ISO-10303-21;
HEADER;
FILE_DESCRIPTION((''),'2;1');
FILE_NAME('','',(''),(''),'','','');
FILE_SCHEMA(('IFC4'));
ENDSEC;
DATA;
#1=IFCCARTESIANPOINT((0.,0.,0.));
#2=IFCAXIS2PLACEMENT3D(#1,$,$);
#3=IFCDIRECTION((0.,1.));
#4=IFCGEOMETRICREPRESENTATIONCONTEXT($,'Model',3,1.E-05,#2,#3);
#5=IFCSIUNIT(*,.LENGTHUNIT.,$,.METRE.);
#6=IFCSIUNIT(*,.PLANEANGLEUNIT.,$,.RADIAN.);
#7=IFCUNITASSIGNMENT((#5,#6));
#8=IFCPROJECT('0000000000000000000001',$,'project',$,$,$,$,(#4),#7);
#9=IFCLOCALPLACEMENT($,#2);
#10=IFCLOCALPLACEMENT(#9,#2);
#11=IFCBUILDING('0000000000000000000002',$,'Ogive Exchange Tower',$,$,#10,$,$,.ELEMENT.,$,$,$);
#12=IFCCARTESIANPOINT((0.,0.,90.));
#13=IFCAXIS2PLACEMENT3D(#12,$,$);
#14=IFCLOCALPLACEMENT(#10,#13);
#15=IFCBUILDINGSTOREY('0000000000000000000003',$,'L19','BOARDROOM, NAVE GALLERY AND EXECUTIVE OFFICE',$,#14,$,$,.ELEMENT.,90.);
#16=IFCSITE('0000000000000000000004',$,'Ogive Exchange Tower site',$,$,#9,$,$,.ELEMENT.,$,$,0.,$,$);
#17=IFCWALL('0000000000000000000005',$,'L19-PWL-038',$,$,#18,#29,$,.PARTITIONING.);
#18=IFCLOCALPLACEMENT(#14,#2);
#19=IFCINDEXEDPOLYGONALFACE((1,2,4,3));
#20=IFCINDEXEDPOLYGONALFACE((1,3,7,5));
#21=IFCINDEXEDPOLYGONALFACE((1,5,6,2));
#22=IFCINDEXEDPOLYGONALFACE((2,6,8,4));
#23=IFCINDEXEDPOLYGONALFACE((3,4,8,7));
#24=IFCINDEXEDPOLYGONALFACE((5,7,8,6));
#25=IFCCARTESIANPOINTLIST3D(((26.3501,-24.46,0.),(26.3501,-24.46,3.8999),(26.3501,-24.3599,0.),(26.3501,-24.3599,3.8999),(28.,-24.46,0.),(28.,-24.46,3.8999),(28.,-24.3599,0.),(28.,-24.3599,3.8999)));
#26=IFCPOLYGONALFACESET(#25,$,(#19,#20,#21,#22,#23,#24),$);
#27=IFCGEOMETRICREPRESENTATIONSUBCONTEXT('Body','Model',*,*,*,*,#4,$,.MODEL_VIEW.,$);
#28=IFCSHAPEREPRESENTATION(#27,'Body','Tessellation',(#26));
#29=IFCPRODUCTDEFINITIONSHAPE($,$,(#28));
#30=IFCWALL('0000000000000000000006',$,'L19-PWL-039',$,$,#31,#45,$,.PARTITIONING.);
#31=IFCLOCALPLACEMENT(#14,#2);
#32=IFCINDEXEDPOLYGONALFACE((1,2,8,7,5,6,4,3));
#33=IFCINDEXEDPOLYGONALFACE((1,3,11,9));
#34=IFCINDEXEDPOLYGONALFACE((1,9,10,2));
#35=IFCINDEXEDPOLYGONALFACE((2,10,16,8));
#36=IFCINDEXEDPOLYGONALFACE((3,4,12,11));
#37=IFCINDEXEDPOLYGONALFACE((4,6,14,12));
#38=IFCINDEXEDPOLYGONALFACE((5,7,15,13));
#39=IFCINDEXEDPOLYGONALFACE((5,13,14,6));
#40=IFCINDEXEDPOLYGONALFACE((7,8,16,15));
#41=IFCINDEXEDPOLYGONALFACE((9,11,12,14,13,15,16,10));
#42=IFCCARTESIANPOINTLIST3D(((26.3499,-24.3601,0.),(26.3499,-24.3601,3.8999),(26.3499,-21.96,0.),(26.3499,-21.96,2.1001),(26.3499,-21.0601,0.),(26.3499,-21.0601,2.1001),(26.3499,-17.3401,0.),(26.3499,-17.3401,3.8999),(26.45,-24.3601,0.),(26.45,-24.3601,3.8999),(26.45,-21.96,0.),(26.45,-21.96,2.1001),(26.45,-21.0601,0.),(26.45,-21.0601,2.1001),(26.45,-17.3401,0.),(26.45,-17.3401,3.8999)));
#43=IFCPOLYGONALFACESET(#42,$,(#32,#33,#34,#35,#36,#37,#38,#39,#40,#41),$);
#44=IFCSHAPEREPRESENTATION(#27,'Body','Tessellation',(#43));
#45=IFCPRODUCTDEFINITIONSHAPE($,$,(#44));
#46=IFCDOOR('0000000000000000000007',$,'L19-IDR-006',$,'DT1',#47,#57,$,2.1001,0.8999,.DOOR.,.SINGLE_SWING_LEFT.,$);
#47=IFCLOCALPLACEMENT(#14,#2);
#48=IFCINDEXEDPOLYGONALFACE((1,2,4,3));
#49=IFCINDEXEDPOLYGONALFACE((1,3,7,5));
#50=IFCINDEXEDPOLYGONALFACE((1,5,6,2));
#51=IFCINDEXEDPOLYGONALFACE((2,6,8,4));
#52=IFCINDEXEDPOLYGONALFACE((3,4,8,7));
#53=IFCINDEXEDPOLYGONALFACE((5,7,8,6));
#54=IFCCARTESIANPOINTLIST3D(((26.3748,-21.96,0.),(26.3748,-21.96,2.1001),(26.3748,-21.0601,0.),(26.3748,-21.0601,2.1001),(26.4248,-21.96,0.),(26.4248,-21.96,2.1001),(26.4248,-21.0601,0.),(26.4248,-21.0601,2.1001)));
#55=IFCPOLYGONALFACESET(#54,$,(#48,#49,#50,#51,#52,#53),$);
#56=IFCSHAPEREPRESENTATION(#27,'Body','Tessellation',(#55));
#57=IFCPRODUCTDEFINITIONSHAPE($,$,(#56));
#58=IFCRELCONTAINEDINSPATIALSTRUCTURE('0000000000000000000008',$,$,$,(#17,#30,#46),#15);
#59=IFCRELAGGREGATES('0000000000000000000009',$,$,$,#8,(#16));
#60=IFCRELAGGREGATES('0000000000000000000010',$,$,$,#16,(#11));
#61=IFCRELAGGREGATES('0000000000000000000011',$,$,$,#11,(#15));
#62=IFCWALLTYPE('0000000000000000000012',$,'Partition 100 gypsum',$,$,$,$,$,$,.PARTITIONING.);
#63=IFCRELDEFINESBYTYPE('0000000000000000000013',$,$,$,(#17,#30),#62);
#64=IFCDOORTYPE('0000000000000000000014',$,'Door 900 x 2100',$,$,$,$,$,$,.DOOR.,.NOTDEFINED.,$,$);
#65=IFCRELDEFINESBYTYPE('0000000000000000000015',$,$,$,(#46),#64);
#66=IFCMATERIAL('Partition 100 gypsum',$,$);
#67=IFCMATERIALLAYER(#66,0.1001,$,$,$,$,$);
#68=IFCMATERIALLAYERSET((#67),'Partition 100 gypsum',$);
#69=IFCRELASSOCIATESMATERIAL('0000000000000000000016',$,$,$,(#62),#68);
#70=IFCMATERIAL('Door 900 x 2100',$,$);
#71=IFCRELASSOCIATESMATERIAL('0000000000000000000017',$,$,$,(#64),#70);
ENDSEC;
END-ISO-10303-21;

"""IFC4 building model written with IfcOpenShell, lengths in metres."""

from ifc_helpers import new_model, si_unit, direction, frame, frame_2d, origin, place, context, subcontext, project, spatial, rectangle, extrude, material, layer, layer_set, type_object, element, fill, save


model = new_model("IFC4")

# Units and contexts
model_context = context("Model", 3, precision=1e-05, world=origin(), true_north=direction((0.0, 1.0)))
body_context = subcontext(model_context, "Body", "Model", "MODEL_VIEW")
ifc_project = project(units=[si_unit("LENGTHUNIT", "METRE"), si_unit("PLANEANGLEUNIT", "RADIAN")], contexts=[model_context])

# Site, building, storey
site_placement = place(None, origin())
site = spatial("IfcSite", under=ifc_project, at=site_placement, Name="Ogive Exchange Tower site", CompositionType="ELEMENT", RefElevation=0.0)
building_placement = place(site_placement, origin())
building = spatial("IfcBuilding", under=site, at=building_placement, Name="Ogive Exchange Tower", CompositionType="ELEMENT")
storey_placement = place(building_placement, frame((0.0, 0.0, 90.0)))
storey = spatial("IfcBuildingStorey", under=building, at=storey_placement, Name="L19", Description="BOARDROOM, NAVE GALLERY AND EXECUTIVE OFFICE", CompositionType="ELEMENT", Elevation=90.0)

# Wall
ifc_material_1 = material(Name="Partition 100 gypsum")
ifc_layer_1 = layer(ifc_material_1, 0.1001)
ifc_layer_set_1 = layer_set([ifc_layer_1], Name="Partition 100 gypsum")
wall_type_1 = type_object("IfcWallType", Name="Partition 100 gypsum", PredefinedType="PARTITIONING", material=ifc_layer_set_1)
wall_1_placement = place(storey_placement, frame((26.3501, -24.4099, 0.0), z_axis=(0.0, 0.0, 1.0), x_axis=(1.0, 0.0, 0.0)))
element("IfcWall", 1, at=wall_1_placement, inside=storey, type_object=wall_type_1, Name="L19-PWL-038", PredefinedType="PARTITIONING", context=body_context, shape_type="SweptSolid", body=[
    extrude(rectangle(XDim=1.6499, YDim=0.1001, at=frame_2d((0.825, 0.0))), origin(), (0.0, 0.0, 1.0), 3.8999),
])

# Wall, opening, door
wall_2_placement = place(storey_placement, frame((26.3999, -17.3401, 0.0), z_axis=(0.0, 0.0, 1.0), x_axis=(0.0, -1.0, 0.0)))
wall_2 = element("IfcWall", 2, at=wall_2_placement, inside=storey, type_object=wall_type_1, Name="L19-PWL-039", PredefinedType="PARTITIONING", context=body_context, shape_type="SweptSolid", body=[
    extrude(rectangle(XDim=7.02, YDim=0.1001, at=frame_2d((3.51, 0.0))), origin(), (0.0, 0.0, 1.0), 3.8999),
])
opening_1_placement = place(wall_2_placement, frame((3.72, 0.0, 0.0)))
opening_1 = element("IfcOpeningElement", 3, at=opening_1_placement, cuts=wall_2, PredefinedType="OPENING", context=body_context, shape_type="SweptSolid", body=[
    extrude(rectangle(XDim=0.8999, YDim=2.1001, at=frame_2d((0.45, 1.05))), frame((0.0, 0.0601, 0.0), z_axis=(0.0, -1.0, 0.0), x_axis=(1.0, 0.0, 0.0)), (0.0, 0.0, 1.0), 0.1201),
])
ifc_material_2 = material(Name="Door 900 x 2100")
door_type_1 = type_object("IfcDoorType", Name="Door 900 x 2100", OperationType="NOTDEFINED", PredefinedType="DOOR", material=ifc_material_2)
door_1_placement = place(opening_1_placement, origin())
door_1 = element("IfcDoor", 4, at=door_1_placement, inside=storey, type_object=door_type_1, Name="L19-IDR-006", ObjectType="DT1", OperationType="SINGLE_SWING_LEFT", OverallHeight=2.1001, OverallWidth=0.8999, PredefinedType="DOOR", context=body_context, shape_type="SweptSolid", body=[
    extrude(rectangle(XDim=0.8999, YDim=2.1001, at=frame_2d((0.45, 1.05))), frame((0.0, 0.0249, 0.0), z_axis=(0.0, -1.0, 0.0), x_axis=(1.0, 0.0, 0.0)), (0.0, 0.0, 1.0), 0.05),
])
fill(opening_1, door_1)

save(model, "model.ifc")
